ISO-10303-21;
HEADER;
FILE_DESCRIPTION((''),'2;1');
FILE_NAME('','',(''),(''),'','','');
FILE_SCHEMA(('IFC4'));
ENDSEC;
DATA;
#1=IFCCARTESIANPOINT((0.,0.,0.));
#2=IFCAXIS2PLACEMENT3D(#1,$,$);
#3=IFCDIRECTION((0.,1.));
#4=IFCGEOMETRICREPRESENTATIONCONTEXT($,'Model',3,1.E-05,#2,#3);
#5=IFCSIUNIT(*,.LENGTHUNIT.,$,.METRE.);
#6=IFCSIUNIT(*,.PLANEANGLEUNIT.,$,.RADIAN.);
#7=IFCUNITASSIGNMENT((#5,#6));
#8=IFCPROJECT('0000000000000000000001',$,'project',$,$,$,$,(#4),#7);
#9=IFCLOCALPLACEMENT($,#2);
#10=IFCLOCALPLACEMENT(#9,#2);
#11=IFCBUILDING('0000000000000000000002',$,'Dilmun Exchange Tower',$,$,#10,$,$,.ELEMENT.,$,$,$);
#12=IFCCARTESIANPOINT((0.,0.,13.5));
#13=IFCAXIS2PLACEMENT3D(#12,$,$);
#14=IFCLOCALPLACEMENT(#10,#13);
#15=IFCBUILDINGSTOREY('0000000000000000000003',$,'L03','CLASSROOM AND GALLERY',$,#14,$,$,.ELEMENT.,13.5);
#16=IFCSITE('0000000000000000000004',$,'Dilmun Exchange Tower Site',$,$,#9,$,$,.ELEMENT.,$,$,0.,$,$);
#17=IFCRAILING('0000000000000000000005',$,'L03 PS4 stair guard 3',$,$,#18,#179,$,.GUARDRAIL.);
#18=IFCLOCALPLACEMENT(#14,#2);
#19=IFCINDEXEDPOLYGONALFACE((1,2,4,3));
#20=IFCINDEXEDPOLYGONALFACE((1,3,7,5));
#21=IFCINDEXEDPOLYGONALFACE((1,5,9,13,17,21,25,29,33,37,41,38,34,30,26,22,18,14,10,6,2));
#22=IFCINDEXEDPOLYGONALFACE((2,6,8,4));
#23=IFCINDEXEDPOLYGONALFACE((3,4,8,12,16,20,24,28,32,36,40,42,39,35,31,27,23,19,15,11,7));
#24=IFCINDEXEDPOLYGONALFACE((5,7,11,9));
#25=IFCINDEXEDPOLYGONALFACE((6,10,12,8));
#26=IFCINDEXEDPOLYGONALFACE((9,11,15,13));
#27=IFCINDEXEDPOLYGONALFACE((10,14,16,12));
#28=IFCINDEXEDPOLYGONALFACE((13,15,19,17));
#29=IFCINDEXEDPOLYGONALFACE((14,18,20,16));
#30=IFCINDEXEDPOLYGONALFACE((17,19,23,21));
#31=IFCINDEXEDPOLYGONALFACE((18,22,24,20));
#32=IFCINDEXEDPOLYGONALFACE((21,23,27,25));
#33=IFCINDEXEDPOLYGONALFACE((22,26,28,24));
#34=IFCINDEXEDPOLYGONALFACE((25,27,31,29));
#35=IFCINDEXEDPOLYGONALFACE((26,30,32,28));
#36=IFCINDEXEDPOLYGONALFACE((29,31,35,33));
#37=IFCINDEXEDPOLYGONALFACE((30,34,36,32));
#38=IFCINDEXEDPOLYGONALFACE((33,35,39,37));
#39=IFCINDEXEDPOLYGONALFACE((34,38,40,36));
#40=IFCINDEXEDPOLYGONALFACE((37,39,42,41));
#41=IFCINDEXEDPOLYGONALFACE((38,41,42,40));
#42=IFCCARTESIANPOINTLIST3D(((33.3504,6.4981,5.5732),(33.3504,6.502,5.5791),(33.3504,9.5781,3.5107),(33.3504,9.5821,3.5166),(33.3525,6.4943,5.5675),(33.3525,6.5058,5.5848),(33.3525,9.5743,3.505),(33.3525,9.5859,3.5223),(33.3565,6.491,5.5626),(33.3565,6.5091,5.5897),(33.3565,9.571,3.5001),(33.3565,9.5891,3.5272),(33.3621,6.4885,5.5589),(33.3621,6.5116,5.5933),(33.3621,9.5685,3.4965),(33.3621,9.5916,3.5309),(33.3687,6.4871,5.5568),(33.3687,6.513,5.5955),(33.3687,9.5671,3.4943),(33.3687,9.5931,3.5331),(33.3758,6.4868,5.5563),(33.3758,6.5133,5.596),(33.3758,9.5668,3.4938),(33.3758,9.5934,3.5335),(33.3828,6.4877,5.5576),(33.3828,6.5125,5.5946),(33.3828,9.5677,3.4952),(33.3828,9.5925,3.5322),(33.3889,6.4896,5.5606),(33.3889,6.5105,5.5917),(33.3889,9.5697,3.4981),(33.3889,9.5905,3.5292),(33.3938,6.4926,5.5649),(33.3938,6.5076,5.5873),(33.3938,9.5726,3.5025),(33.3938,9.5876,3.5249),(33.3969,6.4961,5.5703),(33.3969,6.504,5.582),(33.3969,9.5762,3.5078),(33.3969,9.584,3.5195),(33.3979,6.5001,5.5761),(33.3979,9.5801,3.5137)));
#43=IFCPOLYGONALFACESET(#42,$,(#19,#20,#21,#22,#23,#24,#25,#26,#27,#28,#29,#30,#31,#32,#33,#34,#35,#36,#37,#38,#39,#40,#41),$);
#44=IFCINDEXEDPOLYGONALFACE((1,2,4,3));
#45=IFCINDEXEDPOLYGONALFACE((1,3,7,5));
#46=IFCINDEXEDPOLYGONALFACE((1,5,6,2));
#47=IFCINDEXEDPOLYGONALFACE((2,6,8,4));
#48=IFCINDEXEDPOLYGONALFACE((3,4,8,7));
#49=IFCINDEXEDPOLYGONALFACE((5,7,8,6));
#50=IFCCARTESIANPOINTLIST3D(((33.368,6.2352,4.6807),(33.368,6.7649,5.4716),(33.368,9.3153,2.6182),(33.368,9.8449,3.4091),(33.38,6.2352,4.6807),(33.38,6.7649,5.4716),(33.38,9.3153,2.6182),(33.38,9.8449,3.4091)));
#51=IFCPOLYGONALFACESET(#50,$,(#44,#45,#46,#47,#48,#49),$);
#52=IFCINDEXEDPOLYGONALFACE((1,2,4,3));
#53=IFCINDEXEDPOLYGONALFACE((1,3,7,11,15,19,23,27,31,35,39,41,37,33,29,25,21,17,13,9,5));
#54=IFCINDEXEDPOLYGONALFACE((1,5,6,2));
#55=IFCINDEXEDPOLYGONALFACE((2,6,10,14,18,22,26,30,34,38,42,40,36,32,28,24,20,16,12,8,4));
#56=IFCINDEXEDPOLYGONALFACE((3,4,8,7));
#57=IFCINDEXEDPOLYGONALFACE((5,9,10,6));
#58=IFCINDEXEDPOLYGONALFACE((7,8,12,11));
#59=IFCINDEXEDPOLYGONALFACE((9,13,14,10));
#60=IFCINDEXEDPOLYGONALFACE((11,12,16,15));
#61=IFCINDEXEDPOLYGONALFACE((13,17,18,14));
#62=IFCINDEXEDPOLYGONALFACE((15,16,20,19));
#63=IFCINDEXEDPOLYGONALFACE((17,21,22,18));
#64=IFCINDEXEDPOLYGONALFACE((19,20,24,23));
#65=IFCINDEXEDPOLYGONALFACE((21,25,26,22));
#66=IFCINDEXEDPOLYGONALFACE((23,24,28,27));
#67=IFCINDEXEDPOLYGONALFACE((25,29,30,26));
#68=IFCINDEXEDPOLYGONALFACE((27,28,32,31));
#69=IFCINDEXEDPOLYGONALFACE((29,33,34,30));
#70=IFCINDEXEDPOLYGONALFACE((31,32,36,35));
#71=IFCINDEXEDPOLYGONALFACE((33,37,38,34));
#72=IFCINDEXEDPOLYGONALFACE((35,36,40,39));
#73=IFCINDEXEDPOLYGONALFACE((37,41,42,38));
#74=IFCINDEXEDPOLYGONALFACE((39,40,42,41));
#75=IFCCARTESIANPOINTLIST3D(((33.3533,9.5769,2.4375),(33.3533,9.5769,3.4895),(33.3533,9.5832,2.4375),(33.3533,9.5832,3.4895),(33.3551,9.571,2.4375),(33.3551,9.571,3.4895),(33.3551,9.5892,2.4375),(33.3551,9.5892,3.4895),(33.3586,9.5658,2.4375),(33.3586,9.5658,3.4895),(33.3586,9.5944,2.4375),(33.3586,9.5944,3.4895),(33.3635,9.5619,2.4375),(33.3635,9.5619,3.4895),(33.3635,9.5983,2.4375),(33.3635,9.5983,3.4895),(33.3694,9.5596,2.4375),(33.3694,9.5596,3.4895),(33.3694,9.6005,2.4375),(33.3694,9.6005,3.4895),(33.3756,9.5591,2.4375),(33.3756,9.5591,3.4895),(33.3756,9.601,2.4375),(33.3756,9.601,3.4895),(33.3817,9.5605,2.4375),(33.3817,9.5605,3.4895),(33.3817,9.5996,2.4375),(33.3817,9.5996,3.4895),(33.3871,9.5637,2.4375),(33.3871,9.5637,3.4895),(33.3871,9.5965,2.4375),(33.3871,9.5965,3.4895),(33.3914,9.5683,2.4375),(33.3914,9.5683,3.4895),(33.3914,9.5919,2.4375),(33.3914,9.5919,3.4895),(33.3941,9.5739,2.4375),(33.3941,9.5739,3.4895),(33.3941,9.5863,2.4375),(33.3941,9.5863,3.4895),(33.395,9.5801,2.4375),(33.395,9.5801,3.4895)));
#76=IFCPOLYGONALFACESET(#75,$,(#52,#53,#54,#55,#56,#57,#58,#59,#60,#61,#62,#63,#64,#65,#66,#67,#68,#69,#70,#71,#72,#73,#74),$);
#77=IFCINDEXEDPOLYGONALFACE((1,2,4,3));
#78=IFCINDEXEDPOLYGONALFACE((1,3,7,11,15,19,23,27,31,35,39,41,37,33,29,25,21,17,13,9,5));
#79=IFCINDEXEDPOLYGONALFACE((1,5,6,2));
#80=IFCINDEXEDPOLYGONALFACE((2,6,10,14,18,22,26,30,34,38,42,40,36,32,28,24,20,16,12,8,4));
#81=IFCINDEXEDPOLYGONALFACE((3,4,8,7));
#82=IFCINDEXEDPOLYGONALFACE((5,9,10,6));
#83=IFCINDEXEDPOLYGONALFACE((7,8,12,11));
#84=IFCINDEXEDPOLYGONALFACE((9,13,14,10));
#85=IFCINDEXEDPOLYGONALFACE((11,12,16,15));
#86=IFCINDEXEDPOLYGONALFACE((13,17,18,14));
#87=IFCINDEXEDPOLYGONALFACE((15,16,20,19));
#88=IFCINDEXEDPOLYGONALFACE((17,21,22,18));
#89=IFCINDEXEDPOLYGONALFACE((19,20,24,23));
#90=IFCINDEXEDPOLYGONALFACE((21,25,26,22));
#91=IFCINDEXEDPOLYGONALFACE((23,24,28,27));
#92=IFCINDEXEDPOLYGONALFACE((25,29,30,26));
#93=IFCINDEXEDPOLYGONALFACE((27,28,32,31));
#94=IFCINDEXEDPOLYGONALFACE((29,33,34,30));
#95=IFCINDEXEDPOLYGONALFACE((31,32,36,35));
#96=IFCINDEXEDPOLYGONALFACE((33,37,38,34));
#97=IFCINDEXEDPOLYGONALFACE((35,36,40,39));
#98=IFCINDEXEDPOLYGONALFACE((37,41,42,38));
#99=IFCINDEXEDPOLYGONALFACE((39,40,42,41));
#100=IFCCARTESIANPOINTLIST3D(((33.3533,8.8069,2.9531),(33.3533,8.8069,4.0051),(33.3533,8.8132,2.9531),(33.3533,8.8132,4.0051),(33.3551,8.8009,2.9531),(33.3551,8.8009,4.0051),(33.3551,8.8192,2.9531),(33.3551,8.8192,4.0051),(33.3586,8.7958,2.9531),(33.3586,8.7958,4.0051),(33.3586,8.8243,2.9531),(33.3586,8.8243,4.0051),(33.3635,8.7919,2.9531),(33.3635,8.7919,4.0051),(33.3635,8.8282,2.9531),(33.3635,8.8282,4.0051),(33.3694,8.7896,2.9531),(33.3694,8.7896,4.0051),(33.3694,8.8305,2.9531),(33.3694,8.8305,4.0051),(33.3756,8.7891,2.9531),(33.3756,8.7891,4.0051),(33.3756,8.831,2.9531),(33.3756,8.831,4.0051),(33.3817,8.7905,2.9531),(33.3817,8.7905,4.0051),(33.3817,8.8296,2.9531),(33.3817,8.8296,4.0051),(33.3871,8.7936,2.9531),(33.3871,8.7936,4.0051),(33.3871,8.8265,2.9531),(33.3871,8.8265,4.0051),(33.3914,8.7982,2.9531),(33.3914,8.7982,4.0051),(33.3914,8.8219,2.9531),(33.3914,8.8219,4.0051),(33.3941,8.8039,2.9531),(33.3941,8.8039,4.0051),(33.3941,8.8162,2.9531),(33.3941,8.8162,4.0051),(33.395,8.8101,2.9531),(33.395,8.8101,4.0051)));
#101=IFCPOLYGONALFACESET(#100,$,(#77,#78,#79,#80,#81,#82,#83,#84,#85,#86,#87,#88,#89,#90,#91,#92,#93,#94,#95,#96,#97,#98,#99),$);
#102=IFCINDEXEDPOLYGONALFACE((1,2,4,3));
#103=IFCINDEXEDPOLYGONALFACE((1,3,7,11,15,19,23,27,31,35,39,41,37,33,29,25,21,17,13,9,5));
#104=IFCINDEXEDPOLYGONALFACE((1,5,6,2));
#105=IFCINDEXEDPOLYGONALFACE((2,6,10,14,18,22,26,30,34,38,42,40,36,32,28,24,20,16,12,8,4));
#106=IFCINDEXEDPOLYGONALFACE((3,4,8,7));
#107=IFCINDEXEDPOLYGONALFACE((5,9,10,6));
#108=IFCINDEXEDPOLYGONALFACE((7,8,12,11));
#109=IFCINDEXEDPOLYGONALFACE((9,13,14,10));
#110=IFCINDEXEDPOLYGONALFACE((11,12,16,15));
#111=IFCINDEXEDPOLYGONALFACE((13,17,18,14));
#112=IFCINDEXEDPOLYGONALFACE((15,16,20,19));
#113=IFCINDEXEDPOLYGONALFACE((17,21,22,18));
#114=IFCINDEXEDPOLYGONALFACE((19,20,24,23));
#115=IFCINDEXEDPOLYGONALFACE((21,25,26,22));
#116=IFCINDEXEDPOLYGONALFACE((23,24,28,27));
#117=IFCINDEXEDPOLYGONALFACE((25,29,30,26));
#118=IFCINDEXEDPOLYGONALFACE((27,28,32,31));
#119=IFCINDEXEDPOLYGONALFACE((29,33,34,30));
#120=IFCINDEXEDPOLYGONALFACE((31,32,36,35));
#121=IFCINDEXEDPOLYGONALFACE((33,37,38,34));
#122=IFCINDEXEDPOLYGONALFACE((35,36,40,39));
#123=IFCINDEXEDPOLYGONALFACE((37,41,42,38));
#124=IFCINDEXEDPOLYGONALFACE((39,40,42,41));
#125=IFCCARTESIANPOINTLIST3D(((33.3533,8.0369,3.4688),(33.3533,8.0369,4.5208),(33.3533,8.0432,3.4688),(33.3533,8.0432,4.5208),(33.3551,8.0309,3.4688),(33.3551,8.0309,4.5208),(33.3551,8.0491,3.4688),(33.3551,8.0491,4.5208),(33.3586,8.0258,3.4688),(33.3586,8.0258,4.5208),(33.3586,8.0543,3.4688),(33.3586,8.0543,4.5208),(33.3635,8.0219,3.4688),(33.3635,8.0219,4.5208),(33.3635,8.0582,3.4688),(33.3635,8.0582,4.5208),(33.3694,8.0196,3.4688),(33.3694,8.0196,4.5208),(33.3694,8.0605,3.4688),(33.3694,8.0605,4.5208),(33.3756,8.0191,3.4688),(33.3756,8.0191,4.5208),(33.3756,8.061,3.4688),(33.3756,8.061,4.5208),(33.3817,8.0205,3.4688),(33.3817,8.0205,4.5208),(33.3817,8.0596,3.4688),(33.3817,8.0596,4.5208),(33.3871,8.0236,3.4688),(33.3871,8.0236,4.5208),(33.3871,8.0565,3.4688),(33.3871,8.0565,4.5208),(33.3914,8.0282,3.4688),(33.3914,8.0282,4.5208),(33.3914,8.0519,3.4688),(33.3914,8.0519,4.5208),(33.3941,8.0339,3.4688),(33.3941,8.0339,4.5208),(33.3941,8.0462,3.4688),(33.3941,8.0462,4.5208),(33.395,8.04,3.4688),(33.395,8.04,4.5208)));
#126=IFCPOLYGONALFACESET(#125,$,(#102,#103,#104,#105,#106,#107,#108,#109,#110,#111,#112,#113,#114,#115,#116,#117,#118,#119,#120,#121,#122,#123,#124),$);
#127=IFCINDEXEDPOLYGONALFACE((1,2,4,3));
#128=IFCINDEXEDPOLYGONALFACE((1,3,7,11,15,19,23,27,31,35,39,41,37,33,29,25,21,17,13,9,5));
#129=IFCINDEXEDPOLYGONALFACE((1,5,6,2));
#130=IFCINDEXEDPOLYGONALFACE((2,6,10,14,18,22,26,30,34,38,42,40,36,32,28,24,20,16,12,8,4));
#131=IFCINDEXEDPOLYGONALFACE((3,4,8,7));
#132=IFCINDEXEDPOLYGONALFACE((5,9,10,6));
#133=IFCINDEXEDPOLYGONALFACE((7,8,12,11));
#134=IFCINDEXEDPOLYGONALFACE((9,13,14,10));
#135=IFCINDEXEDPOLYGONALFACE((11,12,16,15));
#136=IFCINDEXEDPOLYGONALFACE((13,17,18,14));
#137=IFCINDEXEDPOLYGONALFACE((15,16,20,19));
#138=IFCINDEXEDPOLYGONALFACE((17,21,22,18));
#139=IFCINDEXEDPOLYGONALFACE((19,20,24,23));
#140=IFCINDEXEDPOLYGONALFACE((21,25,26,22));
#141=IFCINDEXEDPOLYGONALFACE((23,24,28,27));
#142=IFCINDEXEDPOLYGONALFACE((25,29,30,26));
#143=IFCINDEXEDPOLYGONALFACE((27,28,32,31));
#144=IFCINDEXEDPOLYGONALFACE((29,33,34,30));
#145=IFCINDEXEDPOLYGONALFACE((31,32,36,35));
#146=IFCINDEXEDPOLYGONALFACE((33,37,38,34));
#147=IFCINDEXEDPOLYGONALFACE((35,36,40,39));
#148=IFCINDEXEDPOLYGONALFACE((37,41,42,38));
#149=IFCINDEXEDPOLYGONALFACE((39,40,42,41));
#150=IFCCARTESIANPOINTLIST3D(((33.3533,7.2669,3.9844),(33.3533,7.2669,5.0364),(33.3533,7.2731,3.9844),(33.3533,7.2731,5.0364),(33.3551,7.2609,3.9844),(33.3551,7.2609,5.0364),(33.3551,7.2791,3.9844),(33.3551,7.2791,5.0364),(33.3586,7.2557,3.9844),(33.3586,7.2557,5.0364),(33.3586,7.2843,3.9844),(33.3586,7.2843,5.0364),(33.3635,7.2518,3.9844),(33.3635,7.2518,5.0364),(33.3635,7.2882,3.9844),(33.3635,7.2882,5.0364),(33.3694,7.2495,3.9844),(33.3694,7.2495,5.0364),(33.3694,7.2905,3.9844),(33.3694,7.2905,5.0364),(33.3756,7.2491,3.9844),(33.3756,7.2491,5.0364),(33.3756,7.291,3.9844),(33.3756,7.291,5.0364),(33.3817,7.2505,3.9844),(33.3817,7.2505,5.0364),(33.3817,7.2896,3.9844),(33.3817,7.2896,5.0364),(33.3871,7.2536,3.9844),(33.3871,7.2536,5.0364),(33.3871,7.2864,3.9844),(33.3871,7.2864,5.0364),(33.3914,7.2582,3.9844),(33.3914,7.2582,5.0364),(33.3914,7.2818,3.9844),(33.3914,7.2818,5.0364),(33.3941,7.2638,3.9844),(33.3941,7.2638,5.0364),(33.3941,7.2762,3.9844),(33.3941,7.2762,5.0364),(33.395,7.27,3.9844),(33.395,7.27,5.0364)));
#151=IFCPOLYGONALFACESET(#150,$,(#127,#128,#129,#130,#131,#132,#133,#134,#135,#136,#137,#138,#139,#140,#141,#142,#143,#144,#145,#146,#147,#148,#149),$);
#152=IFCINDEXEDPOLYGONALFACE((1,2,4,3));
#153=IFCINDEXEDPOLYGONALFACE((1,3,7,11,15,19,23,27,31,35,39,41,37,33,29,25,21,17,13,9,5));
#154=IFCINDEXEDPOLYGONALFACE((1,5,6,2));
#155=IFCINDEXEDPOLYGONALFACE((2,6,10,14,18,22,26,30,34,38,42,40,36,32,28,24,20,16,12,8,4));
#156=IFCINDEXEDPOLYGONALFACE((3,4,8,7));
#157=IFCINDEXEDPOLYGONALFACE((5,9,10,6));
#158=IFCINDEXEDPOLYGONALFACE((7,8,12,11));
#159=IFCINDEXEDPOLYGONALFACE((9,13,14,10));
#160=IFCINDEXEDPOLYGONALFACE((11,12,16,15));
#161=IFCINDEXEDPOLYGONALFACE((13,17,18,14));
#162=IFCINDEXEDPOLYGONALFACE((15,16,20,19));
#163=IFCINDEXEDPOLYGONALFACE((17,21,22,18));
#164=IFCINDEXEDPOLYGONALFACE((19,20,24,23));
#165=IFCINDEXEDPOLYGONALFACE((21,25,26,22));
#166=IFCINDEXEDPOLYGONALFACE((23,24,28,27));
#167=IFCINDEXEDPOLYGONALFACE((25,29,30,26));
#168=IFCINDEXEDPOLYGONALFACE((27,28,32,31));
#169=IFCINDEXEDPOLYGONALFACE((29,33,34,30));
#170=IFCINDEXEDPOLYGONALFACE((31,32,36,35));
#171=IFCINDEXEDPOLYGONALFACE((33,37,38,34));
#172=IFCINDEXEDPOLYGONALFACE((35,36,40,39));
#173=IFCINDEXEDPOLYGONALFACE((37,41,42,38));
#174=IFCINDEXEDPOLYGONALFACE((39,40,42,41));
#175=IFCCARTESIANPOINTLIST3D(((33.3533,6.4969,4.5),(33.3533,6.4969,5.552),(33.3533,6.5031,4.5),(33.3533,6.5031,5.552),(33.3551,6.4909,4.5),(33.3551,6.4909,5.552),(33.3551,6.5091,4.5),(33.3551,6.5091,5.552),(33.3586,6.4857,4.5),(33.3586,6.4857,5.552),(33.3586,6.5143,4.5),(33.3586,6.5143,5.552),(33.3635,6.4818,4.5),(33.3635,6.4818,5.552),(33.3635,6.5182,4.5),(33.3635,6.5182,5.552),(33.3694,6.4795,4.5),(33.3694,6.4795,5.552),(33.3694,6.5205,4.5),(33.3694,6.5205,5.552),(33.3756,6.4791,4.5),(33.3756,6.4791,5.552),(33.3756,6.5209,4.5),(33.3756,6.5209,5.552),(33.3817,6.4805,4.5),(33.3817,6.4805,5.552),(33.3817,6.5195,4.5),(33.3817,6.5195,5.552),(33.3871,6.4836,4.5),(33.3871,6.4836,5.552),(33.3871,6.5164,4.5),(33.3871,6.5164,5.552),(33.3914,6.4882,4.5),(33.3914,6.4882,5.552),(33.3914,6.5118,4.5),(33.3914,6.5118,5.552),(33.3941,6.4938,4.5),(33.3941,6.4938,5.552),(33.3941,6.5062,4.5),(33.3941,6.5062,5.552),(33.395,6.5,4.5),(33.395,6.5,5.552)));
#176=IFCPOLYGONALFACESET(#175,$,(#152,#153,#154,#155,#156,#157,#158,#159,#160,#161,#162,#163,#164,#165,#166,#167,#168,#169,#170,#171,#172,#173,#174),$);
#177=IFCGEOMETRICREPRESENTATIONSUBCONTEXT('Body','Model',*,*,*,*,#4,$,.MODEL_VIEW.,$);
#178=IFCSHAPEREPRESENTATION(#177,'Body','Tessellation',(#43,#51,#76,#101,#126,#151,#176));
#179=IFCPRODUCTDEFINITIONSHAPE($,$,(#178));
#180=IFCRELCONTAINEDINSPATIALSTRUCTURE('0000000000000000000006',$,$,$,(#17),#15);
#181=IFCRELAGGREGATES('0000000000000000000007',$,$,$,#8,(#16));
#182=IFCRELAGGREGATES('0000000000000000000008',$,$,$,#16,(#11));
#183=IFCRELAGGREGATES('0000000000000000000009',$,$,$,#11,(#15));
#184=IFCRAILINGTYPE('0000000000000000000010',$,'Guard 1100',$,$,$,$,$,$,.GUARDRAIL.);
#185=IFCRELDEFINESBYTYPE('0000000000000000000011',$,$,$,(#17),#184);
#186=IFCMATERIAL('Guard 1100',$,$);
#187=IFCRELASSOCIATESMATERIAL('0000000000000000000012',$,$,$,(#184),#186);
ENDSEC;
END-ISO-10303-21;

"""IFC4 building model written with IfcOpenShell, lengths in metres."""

from ifc_helpers import new_model, si_unit, direction, frame, origin, origin_2d, place, context, subcontext, project, spatial, rectangle, circle, extrude, material, type_object, element, save


model = new_model("IFC4")

# Units and contexts
model_context = context("Model", 3, precision=1e-05, world=origin(), true_north=direction((0.0, 1.0)))
body_context = subcontext(model_context, "Body", "Model", "MODEL_VIEW")
ifc_project = project(units=[si_unit("LENGTHUNIT", "METRE"), si_unit("PLANEANGLEUNIT", "RADIAN")], contexts=[model_context])

# Site, building, storey
site_placement = place(None, origin())
site = spatial("IfcSite", under=ifc_project, at=site_placement, Name="Dilmun Exchange Tower Site", CompositionType="ELEMENT", RefElevation=0.0)
building_placement = place(site_placement, origin())
building = spatial("IfcBuilding", under=site, at=building_placement, Name="Dilmun Exchange Tower", CompositionType="ELEMENT")
storey_placement = place(building_placement, frame((0.0, 0.0, 13.5)))
storey = spatial("IfcBuildingStorey", under=building, at=storey_placement, Name="L03", Description="CLASSROOM AND GALLERY", CompositionType="ELEMENT", Elevation=13.5)

# Railing
ifc_material_1 = material(Name="Guard 1100")
railing_type_1 = type_object("IfcRailingType", Name="Guard 1100", PredefinedType="GUARDRAIL", material=ifc_material_1)
railing_1_placement = place(storey_placement, frame((33.374, 9.5801, 2.4375)))
element("IfcRailing", 1, at=railing_1_placement, inside=storey, type_object=railing_type_1, Name="L03 PS4 stair guard 3", PredefinedType="GUARDRAIL", context=body_context, shape_type="SweptSolid", body=[
    extrude(circle(Radius=0.0239, at=origin_2d()), frame((0.0, 0.0, 1.0762), z_axis=(0.0, -0.830914, 0.556401), x_axis=(1.0, 0.0, 0.0)), (0.0, 0.0, 1.0), 3.7068),
    extrude(rectangle(XDim=0.012, YDim=0.9519, at=origin_2d()), frame((0.0, 0.0, 0.5762), z_axis=(0.0, -0.830914, 0.556401), x_axis=(1.0, 0.0, 0.0)), (0.0, 0.0, 1.0), 3.7068),
    extrude(circle(Radius=0.021, at=origin_2d()), origin(), (0.0, 0.0, 1.0), 1.052),
    extrude(circle(Radius=0.021, at=origin_2d()), frame((0.0, -0.77, 0.5156)), (0.0, 0.0, 1.0), 1.052),
    extrude(circle(Radius=0.021, at=origin_2d()), frame((0.0, -1.54, 1.0312)), (0.0, 0.0, 1.0), 1.052),
    extrude(circle(Radius=0.021, at=origin_2d()), frame((0.0, -2.3101, 1.5469)), (0.0, 0.0, 1.0), 1.052),
    extrude(circle(Radius=0.021, at=origin_2d()), frame((0.0, -3.0801, 2.0625)), (0.0, 0.0, 1.0), 1.052),
])

save(model, "model.ifc")
